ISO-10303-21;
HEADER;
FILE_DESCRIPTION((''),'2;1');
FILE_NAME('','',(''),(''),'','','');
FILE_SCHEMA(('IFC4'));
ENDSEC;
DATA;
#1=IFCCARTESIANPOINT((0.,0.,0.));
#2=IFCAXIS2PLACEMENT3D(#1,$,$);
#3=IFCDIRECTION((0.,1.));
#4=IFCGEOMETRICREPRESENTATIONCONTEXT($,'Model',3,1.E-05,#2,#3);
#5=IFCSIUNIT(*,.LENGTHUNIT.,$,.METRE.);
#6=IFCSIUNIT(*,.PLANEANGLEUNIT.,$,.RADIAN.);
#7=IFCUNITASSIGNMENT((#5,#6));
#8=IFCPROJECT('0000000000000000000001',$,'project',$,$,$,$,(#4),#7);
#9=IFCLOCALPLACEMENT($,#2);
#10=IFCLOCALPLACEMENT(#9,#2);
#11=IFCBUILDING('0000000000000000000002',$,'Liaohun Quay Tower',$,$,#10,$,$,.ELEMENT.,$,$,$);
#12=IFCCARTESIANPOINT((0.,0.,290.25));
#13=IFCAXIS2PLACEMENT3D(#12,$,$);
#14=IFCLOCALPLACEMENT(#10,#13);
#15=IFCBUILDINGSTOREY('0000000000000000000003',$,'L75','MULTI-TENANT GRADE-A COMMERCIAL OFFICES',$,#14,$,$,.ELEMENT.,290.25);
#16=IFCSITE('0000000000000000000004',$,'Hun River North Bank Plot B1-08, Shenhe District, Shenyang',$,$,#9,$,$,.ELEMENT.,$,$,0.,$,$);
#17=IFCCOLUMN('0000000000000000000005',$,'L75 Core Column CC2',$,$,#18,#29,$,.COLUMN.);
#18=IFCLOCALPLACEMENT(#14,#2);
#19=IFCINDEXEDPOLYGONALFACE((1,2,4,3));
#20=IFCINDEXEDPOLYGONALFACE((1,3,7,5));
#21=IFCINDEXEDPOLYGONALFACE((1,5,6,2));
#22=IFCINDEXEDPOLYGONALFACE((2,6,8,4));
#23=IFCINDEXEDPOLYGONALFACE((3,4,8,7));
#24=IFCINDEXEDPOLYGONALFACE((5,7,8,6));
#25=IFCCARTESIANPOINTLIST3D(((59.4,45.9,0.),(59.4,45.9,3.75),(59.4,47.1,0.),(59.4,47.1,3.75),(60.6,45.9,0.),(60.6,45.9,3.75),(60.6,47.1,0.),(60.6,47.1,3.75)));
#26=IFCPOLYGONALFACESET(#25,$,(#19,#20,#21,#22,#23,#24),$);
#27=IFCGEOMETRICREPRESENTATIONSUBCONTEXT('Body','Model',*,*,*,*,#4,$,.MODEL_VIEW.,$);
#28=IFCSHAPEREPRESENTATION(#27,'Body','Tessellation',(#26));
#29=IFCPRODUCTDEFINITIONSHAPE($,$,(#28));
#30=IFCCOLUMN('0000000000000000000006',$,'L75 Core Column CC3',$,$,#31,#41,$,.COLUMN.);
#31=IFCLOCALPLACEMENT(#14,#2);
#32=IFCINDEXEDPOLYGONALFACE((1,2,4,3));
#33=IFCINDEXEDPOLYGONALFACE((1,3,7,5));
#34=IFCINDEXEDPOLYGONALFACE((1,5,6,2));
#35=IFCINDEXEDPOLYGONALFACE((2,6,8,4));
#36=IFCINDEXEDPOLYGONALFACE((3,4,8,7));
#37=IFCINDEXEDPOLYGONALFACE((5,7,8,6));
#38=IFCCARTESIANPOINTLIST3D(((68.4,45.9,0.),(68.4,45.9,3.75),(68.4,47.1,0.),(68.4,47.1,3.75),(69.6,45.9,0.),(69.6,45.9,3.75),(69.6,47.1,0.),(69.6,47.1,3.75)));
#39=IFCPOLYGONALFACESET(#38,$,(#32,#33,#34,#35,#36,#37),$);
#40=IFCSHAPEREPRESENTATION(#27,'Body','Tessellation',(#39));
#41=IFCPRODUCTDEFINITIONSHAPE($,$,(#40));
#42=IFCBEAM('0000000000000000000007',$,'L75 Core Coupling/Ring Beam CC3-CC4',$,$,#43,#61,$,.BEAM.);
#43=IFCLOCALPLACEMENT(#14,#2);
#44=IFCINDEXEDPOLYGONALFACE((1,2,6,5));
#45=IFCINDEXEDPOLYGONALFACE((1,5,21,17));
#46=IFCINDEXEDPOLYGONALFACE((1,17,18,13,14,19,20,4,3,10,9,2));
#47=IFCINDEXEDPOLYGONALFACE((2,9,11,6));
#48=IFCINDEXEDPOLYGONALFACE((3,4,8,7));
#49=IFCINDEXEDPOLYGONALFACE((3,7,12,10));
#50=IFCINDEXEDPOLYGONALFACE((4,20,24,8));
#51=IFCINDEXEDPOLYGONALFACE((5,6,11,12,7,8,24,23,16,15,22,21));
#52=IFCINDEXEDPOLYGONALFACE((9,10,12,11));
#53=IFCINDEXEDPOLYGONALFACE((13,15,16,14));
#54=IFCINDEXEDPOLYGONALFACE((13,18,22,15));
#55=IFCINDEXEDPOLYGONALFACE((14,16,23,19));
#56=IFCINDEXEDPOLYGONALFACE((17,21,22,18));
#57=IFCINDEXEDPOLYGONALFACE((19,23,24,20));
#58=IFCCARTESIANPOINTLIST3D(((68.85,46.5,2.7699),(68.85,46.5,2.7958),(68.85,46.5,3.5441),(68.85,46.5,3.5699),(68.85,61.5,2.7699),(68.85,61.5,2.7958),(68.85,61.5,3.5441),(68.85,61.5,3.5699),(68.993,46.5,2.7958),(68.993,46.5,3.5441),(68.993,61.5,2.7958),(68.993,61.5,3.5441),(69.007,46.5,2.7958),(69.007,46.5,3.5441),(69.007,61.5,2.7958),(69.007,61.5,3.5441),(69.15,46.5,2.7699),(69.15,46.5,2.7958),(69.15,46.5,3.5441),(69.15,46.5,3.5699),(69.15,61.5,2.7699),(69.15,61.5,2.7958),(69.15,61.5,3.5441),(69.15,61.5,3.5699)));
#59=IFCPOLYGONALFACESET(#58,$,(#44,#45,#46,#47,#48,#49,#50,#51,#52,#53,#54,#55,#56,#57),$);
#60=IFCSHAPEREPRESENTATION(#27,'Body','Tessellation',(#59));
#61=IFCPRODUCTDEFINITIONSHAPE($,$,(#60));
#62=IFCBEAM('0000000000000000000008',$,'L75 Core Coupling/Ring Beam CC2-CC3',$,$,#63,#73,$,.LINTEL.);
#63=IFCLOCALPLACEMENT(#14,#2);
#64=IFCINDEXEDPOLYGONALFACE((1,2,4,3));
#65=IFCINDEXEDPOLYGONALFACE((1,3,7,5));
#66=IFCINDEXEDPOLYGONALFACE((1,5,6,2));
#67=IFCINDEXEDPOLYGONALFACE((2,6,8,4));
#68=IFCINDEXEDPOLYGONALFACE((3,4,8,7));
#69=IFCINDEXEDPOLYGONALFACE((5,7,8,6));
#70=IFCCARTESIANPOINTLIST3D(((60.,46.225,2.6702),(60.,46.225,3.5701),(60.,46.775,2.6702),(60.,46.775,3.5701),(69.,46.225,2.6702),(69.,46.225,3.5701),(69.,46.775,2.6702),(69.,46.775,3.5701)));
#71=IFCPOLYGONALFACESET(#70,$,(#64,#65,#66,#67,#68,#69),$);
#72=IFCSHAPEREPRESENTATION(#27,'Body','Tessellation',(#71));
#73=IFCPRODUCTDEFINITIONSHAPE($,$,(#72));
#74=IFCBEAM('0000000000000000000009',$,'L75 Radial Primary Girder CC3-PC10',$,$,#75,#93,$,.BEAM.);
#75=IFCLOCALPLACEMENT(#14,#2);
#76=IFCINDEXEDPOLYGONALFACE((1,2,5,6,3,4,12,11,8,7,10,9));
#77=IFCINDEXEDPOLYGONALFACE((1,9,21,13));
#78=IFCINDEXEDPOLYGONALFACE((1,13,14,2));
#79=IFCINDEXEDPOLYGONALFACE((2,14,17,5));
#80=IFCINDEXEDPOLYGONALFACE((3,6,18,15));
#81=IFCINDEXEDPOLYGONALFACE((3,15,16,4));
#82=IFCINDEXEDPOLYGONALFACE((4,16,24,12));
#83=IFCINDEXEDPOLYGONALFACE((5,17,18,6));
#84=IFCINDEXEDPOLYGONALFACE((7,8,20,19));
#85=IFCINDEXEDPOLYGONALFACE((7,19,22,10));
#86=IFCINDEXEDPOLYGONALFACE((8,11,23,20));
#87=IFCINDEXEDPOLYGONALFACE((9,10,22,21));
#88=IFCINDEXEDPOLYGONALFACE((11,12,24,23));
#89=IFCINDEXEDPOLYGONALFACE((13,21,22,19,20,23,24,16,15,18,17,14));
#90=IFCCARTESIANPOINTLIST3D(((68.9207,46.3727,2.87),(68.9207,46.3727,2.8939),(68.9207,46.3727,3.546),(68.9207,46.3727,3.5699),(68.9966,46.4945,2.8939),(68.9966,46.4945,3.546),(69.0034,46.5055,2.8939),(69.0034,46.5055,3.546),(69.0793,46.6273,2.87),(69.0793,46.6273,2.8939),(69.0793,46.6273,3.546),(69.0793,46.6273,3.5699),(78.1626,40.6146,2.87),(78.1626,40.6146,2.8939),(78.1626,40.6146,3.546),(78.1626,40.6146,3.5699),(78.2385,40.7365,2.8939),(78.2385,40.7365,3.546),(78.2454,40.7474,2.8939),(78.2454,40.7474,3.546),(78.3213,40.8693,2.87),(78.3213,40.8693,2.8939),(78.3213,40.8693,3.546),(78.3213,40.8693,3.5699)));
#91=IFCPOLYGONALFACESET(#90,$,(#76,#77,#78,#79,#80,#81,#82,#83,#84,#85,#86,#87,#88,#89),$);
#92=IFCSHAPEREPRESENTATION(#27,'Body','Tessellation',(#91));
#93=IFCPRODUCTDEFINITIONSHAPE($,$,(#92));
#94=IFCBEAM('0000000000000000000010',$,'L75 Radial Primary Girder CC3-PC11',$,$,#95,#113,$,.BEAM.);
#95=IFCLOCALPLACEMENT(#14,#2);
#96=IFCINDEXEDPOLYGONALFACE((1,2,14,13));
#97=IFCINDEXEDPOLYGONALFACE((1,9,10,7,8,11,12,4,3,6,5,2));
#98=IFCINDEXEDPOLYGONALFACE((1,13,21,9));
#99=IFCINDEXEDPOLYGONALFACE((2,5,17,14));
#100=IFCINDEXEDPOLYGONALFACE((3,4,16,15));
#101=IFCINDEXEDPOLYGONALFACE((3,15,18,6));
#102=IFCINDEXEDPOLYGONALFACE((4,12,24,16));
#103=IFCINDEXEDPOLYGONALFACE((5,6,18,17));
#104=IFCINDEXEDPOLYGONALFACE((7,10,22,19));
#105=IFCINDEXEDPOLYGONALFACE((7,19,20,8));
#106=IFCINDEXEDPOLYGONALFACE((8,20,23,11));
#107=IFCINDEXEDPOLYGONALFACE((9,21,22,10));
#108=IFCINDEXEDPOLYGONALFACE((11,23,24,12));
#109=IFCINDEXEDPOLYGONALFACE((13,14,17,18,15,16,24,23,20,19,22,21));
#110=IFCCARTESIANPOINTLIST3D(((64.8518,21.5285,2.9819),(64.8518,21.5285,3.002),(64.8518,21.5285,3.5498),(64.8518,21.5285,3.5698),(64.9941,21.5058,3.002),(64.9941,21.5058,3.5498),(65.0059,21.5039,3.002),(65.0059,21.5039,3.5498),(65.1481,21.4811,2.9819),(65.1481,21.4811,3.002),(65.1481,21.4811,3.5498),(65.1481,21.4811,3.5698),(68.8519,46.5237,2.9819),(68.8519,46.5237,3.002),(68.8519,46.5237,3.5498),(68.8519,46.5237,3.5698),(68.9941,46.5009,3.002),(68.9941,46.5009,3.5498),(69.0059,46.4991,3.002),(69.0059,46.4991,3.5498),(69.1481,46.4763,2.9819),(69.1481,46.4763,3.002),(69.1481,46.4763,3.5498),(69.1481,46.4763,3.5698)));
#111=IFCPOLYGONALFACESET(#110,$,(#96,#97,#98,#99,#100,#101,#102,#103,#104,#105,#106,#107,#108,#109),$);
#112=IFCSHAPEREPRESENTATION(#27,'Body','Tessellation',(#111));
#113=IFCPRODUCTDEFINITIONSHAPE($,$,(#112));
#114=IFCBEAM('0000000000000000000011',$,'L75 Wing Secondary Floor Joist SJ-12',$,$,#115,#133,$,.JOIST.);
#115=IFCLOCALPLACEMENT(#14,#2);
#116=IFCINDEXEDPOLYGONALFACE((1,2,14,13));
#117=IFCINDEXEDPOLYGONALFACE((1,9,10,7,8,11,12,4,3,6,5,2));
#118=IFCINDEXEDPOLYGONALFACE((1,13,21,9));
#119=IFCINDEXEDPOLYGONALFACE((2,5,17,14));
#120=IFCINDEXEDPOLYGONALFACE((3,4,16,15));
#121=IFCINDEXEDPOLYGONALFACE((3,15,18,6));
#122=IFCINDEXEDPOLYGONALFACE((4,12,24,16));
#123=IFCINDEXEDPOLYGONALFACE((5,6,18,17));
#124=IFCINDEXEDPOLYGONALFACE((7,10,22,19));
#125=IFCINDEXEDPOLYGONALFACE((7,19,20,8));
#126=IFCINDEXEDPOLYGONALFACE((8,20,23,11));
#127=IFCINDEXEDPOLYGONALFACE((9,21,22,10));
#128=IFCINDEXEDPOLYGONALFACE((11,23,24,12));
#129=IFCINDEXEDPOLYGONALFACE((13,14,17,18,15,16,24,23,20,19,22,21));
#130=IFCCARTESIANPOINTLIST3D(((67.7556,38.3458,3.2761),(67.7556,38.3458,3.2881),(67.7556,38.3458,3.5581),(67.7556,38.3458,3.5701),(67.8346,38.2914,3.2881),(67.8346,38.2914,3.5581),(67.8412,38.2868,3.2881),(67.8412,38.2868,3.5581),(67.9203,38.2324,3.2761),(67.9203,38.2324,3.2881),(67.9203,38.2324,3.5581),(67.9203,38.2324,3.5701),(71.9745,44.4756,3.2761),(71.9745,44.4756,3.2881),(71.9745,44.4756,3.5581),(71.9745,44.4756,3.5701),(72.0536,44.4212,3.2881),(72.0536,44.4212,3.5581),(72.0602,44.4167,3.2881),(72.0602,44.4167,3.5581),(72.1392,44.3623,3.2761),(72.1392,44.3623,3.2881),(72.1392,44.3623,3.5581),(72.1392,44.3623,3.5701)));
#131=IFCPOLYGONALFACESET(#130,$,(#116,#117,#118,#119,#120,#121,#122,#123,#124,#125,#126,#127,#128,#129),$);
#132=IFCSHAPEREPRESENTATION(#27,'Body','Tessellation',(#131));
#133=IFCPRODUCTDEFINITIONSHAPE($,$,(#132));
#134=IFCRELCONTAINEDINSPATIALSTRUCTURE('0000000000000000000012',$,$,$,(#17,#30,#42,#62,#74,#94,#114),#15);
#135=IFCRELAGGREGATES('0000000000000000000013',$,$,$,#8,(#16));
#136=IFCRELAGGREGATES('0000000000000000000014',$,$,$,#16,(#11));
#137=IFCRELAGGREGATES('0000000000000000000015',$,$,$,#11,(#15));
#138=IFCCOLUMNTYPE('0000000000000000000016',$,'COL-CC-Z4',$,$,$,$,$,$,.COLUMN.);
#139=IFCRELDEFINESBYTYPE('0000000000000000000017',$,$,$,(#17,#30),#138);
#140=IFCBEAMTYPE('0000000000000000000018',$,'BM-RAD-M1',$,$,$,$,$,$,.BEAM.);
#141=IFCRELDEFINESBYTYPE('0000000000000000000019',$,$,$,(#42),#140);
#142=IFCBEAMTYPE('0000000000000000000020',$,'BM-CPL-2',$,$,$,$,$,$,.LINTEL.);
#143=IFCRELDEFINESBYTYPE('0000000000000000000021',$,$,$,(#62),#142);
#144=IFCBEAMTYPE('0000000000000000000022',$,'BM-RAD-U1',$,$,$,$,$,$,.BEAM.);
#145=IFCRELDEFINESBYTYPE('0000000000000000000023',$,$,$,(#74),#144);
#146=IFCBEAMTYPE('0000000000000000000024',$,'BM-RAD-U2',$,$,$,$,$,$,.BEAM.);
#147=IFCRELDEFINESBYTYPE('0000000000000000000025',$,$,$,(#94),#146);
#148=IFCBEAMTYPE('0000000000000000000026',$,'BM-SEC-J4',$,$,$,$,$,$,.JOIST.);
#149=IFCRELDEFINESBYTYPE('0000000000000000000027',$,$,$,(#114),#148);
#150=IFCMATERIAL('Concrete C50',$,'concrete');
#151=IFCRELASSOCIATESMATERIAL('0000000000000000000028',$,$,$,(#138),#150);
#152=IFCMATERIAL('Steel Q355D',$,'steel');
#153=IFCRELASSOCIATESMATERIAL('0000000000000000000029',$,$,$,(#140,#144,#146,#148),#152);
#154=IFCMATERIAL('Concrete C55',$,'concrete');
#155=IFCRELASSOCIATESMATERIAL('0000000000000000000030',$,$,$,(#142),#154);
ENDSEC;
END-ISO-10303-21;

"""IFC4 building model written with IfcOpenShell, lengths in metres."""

from ifc_helpers import new_model, si_unit, direction, frame, origin, origin_2d, place, context, subcontext, project, spatial, rectangle, i_section, extrude, source, transform, mapped, material, material_profile, profile_set, type_object, element, save


model = new_model("IFC4")

# Units and contexts
model_context = context("Model", 3, precision=1e-05, world=origin(), true_north=direction((0.0, 1.0)))
body_context = subcontext(model_context, "Body", "Model", "MODEL_VIEW")
ifc_project = project(units=[si_unit("LENGTHUNIT", "METRE"), si_unit("PLANEANGLEUNIT", "RADIAN")], contexts=[model_context])

# Site, building, storey
site_placement = place(None, origin())
site = spatial("IfcSite", under=ifc_project, at=site_placement, Name="Hun River North Bank Plot B1-08, Shenhe District, Shenyang", CompositionType="ELEMENT", RefElevation=0.0)
building_placement = place(site_placement, origin())
building = spatial("IfcBuilding", under=site, at=building_placement, Name="Liaohun Quay Tower", CompositionType="ELEMENT")
storey_placement = place(building_placement, frame((0.0, 0.0, 290.25)))
storey = spatial("IfcBuildingStorey", under=building, at=storey_placement, Name="L75", Description="MULTI-TENANT GRADE-A COMMERCIAL OFFICES", CompositionType="ELEMENT", Elevation=290.25)

# Columns
ifc_material_1 = material(Name="Concrete C50", Category="concrete")
ifc_material_profile_1 = material_profile(ifc_material_1, rectangle(XDim=1.2, YDim=1.2, at=origin_2d()), Name="RC1200x1200")
ifc_profile_set_1 = profile_set([ifc_material_profile_1], Name="Concrete C50")
column_type = type_object("IfcColumnType", Name="COL-CC-Z4", PredefinedType="COLUMN", material=ifc_profile_set_1)
shared_shape_1 = source(origin(), body_context, "Body", "SweptSolid", [
    extrude(rectangle(XDim=1.2, YDim=1.2, at=origin_2d()), origin(), (0.0, 0.0, 1.0), 3.75),
])
for number, where, z_axis, x_axis, name in (
    (1, (60.0, 46.5, 0.0), (0.0, 0.0, 1.0), (1.0, 0.0, 0.0), "L75 Core Column CC2"),
    (2, (69.0, 46.5, 0.0), (0.0, 0.0, 1.0), (1.0, 0.0, 0.0), "L75 Core Column CC3"),
):
    element("IfcColumn", number, at=place(storey_placement, frame(where, z_axis=z_axis, x_axis=x_axis)), inside=storey, type_object=column_type, Name=name, PredefinedType="COLUMN", context=body_context, shape_type="MappedRepresentation", body=[
        mapped(shared_shape_1, transform((0.0, 0.0, 0.0), x_axis=(1.0, 0.0, 0.0), y_axis=(0.0, 1.0, 0.0), z_axis=(0.0, 0.0, 1.0), scale=1.0)),
    ])

# Beams
ifc_material_2 = material(Name="Steel Q355D", Category="steel")
ifc_material_profile_2 = material_profile(ifc_material_2, i_section(OverallWidth=0.3, OverallDepth=0.8, WebThickness=0.0139, FlangeThickness=0.0259, at=origin_2d()), Name="HN800x300x14x26")
ifc_profile_set_2 = profile_set([ifc_material_profile_2], Name="Steel Q355D")
beam_type_1 = type_object("IfcBeamType", Name="BM-RAD-M1", PredefinedType="BEAM", material=ifc_profile_set_2)
shared_shape_2 = source(origin(), body_context, "Body", "SweptSolid", [
    extrude(i_section(OverallWidth=0.3, OverallDepth=0.8, WebThickness=0.0139, FlangeThickness=0.0259, at=origin_2d()), origin(), (0.0, 0.0, 1.0), 15.0),
])
beam_1_placement = place(storey_placement, frame((69.0, 46.5, 3.1699), z_axis=(0.0, 1.0, 0.0), x_axis=(-1.0, 0.0, 0.0)))
element("IfcBeam", 3, at=beam_1_placement, inside=storey, type_object=beam_type_1, Name="L75 Core Coupling/Ring Beam CC3-CC4", PredefinedType="BEAM", context=body_context, shape_type="MappedRepresentation", body=[
    mapped(shared_shape_2, transform((0.0, 0.0, 0.0), x_axis=(1.0, 0.0, 0.0), y_axis=(0.0, 1.0, 0.0), z_axis=(0.0, 0.0, 1.0), scale=1.0)),
])
ifc_material_3 = material(Name="Concrete C55", Category="concrete")
ifc_material_profile_3 = material_profile(ifc_material_3, rectangle(XDim=0.55, YDim=0.8999, at=origin_2d()), Name="RC550x900")
ifc_profile_set_3 = profile_set([ifc_material_profile_3], Name="Concrete C55")
beam_type_2 = type_object("IfcBeamType", Name="BM-CPL-2", PredefinedType="LINTEL", material=ifc_profile_set_3)
shared_shape_3 = source(origin(), body_context, "Body", "SweptSolid", [
    extrude(rectangle(XDim=0.55, YDim=0.8999, at=origin_2d()), origin(), (0.0, 0.0, 1.0), 9.0),
])
beam_2_placement = place(storey_placement, frame((60.0, 46.5, 3.1201), z_axis=(1.0, 0.0, 0.0), x_axis=(0.0, 1.0, 0.0)))
element("IfcBeam", 4, at=beam_2_placement, inside=storey, type_object=beam_type_2, Name="L75 Core Coupling/Ring Beam CC2-CC3", PredefinedType="LINTEL", context=body_context, shape_type="MappedRepresentation", body=[
    mapped(shared_shape_3, transform((0.0, 0.0, 0.0), x_axis=(1.0, 0.0, 0.0), y_axis=(0.0, 1.0, 0.0), z_axis=(0.0, 0.0, 1.0), scale=1.0)),
])
ifc_material_profile_4 = material_profile(ifc_material_2, i_section(OverallWidth=0.3, OverallDepth=0.7, WebThickness=0.0129, FlangeThickness=0.0239, at=origin_2d()), Name="HN700x300x13x24")
ifc_profile_set_4 = profile_set([ifc_material_profile_4], Name="Steel Q355D")
beam_type_3 = type_object("IfcBeamType", Name="BM-RAD-U1", PredefinedType="BEAM", material=ifc_profile_set_4)
shared_shape_4 = source(origin(), body_context, "Body", "SweptSolid", [
    extrude(i_section(OverallWidth=0.3, OverallDepth=0.7, WebThickness=0.0129, FlangeThickness=0.0239, at=origin_2d()), origin(), (0.0, 0.0, 1.0), 10.8889),
])
beam_3_placement = place(storey_placement, frame((69.0, 46.5, 3.22), z_axis=(0.848747, -0.528799, 0.0), x_axis=(0.528799, 0.848747, 0.0)))
element("IfcBeam", 5, at=beam_3_placement, inside=storey, type_object=beam_type_3, Name="L75 Radial Primary Girder CC3-PC10", PredefinedType="BEAM", context=body_context, shape_type="MappedRepresentation", body=[
    mapped(shared_shape_4, transform((0.0, 0.0, 0.0), x_axis=(1.0, 0.0, 0.0), y_axis=(0.0, 1.0, 0.0), z_axis=(0.0, 0.0, 1.0), scale=1.0)),
])
ifc_material_profile_5 = material_profile(ifc_material_2, i_section(OverallWidth=0.3, OverallDepth=0.5879, WebThickness=0.012, FlangeThickness=0.02, at=origin_2d()), Name="HM588x300x12x20")
ifc_profile_set_5 = profile_set([ifc_material_profile_5], Name="Steel Q355D")
beam_type_4 = type_object("IfcBeamType", Name="BM-RAD-U2", PredefinedType="BEAM", material=ifc_profile_set_5)
shared_shape_5 = source(origin(), body_context, "Body", "SweptSolid", [
    extrude(i_section(OverallWidth=0.3, OverallDepth=0.5879, WebThickness=0.012, FlangeThickness=0.02, at=origin_2d()), origin(), (0.0, 0.0, 1.0), 25.3132),
])
beam_4_placement = place(storey_placement, frame((69.0, 46.5, 3.2759), z_axis=(-0.158021, -0.987436, 0.0), x_axis=(0.987436, -0.158021, 0.0)))
element("IfcBeam", 6, at=beam_4_placement, inside=storey, type_object=beam_type_4, Name="L75 Radial Primary Girder CC3-PC11", PredefinedType="BEAM", context=body_context, shape_type="MappedRepresentation", body=[
    mapped(shared_shape_5, transform((0.0, 0.0, 0.0), x_axis=(1.0, 0.0, 0.0), y_axis=(0.0, 1.0, 0.0), z_axis=(0.0, 0.0, 1.0), scale=1.0)),
])
ifc_material_profile_6 = material_profile(ifc_material_2, i_section(OverallWidth=0.2, OverallDepth=0.2939, WebThickness=0.0081, FlangeThickness=0.012, at=origin_2d()), Name="HM294x200x8x12")
ifc_profile_set_6 = profile_set([ifc_material_profile_6], Name="Steel Q355D")
beam_type_5 = type_object("IfcBeamType", Name="BM-SEC-J4", PredefinedType="JOIST", material=ifc_profile_set_6)
shared_shape_6 = source(origin(), body_context, "Body", "SweptSolid", [
    extrude(i_section(OverallWidth=0.2, OverallDepth=0.2939, WebThickness=0.0081, FlangeThickness=0.012, at=origin_2d()), origin(), (0.0, 0.0, 1.0), 7.4414),
])
beam_5_placement = place(storey_placement, frame((72.0569, 44.4189, 3.4231), z_axis=(-0.566958, -0.823747, 0.0), x_axis=(0.823747, -0.566958, 0.0)))
element("IfcBeam", 7, at=beam_5_placement, inside=storey, type_object=beam_type_5, Name="L75 Wing Secondary Floor Joist SJ-12", PredefinedType="JOIST", context=body_context, shape_type="MappedRepresentation", body=[
    mapped(shared_shape_6, transform((0.0, 0.0, 0.0), x_axis=(1.0, 0.0, 0.0), y_axis=(0.0, 1.0, 0.0), z_axis=(0.0, 0.0, 1.0), scale=1.0)),
])

save(model, "model.ifc")
